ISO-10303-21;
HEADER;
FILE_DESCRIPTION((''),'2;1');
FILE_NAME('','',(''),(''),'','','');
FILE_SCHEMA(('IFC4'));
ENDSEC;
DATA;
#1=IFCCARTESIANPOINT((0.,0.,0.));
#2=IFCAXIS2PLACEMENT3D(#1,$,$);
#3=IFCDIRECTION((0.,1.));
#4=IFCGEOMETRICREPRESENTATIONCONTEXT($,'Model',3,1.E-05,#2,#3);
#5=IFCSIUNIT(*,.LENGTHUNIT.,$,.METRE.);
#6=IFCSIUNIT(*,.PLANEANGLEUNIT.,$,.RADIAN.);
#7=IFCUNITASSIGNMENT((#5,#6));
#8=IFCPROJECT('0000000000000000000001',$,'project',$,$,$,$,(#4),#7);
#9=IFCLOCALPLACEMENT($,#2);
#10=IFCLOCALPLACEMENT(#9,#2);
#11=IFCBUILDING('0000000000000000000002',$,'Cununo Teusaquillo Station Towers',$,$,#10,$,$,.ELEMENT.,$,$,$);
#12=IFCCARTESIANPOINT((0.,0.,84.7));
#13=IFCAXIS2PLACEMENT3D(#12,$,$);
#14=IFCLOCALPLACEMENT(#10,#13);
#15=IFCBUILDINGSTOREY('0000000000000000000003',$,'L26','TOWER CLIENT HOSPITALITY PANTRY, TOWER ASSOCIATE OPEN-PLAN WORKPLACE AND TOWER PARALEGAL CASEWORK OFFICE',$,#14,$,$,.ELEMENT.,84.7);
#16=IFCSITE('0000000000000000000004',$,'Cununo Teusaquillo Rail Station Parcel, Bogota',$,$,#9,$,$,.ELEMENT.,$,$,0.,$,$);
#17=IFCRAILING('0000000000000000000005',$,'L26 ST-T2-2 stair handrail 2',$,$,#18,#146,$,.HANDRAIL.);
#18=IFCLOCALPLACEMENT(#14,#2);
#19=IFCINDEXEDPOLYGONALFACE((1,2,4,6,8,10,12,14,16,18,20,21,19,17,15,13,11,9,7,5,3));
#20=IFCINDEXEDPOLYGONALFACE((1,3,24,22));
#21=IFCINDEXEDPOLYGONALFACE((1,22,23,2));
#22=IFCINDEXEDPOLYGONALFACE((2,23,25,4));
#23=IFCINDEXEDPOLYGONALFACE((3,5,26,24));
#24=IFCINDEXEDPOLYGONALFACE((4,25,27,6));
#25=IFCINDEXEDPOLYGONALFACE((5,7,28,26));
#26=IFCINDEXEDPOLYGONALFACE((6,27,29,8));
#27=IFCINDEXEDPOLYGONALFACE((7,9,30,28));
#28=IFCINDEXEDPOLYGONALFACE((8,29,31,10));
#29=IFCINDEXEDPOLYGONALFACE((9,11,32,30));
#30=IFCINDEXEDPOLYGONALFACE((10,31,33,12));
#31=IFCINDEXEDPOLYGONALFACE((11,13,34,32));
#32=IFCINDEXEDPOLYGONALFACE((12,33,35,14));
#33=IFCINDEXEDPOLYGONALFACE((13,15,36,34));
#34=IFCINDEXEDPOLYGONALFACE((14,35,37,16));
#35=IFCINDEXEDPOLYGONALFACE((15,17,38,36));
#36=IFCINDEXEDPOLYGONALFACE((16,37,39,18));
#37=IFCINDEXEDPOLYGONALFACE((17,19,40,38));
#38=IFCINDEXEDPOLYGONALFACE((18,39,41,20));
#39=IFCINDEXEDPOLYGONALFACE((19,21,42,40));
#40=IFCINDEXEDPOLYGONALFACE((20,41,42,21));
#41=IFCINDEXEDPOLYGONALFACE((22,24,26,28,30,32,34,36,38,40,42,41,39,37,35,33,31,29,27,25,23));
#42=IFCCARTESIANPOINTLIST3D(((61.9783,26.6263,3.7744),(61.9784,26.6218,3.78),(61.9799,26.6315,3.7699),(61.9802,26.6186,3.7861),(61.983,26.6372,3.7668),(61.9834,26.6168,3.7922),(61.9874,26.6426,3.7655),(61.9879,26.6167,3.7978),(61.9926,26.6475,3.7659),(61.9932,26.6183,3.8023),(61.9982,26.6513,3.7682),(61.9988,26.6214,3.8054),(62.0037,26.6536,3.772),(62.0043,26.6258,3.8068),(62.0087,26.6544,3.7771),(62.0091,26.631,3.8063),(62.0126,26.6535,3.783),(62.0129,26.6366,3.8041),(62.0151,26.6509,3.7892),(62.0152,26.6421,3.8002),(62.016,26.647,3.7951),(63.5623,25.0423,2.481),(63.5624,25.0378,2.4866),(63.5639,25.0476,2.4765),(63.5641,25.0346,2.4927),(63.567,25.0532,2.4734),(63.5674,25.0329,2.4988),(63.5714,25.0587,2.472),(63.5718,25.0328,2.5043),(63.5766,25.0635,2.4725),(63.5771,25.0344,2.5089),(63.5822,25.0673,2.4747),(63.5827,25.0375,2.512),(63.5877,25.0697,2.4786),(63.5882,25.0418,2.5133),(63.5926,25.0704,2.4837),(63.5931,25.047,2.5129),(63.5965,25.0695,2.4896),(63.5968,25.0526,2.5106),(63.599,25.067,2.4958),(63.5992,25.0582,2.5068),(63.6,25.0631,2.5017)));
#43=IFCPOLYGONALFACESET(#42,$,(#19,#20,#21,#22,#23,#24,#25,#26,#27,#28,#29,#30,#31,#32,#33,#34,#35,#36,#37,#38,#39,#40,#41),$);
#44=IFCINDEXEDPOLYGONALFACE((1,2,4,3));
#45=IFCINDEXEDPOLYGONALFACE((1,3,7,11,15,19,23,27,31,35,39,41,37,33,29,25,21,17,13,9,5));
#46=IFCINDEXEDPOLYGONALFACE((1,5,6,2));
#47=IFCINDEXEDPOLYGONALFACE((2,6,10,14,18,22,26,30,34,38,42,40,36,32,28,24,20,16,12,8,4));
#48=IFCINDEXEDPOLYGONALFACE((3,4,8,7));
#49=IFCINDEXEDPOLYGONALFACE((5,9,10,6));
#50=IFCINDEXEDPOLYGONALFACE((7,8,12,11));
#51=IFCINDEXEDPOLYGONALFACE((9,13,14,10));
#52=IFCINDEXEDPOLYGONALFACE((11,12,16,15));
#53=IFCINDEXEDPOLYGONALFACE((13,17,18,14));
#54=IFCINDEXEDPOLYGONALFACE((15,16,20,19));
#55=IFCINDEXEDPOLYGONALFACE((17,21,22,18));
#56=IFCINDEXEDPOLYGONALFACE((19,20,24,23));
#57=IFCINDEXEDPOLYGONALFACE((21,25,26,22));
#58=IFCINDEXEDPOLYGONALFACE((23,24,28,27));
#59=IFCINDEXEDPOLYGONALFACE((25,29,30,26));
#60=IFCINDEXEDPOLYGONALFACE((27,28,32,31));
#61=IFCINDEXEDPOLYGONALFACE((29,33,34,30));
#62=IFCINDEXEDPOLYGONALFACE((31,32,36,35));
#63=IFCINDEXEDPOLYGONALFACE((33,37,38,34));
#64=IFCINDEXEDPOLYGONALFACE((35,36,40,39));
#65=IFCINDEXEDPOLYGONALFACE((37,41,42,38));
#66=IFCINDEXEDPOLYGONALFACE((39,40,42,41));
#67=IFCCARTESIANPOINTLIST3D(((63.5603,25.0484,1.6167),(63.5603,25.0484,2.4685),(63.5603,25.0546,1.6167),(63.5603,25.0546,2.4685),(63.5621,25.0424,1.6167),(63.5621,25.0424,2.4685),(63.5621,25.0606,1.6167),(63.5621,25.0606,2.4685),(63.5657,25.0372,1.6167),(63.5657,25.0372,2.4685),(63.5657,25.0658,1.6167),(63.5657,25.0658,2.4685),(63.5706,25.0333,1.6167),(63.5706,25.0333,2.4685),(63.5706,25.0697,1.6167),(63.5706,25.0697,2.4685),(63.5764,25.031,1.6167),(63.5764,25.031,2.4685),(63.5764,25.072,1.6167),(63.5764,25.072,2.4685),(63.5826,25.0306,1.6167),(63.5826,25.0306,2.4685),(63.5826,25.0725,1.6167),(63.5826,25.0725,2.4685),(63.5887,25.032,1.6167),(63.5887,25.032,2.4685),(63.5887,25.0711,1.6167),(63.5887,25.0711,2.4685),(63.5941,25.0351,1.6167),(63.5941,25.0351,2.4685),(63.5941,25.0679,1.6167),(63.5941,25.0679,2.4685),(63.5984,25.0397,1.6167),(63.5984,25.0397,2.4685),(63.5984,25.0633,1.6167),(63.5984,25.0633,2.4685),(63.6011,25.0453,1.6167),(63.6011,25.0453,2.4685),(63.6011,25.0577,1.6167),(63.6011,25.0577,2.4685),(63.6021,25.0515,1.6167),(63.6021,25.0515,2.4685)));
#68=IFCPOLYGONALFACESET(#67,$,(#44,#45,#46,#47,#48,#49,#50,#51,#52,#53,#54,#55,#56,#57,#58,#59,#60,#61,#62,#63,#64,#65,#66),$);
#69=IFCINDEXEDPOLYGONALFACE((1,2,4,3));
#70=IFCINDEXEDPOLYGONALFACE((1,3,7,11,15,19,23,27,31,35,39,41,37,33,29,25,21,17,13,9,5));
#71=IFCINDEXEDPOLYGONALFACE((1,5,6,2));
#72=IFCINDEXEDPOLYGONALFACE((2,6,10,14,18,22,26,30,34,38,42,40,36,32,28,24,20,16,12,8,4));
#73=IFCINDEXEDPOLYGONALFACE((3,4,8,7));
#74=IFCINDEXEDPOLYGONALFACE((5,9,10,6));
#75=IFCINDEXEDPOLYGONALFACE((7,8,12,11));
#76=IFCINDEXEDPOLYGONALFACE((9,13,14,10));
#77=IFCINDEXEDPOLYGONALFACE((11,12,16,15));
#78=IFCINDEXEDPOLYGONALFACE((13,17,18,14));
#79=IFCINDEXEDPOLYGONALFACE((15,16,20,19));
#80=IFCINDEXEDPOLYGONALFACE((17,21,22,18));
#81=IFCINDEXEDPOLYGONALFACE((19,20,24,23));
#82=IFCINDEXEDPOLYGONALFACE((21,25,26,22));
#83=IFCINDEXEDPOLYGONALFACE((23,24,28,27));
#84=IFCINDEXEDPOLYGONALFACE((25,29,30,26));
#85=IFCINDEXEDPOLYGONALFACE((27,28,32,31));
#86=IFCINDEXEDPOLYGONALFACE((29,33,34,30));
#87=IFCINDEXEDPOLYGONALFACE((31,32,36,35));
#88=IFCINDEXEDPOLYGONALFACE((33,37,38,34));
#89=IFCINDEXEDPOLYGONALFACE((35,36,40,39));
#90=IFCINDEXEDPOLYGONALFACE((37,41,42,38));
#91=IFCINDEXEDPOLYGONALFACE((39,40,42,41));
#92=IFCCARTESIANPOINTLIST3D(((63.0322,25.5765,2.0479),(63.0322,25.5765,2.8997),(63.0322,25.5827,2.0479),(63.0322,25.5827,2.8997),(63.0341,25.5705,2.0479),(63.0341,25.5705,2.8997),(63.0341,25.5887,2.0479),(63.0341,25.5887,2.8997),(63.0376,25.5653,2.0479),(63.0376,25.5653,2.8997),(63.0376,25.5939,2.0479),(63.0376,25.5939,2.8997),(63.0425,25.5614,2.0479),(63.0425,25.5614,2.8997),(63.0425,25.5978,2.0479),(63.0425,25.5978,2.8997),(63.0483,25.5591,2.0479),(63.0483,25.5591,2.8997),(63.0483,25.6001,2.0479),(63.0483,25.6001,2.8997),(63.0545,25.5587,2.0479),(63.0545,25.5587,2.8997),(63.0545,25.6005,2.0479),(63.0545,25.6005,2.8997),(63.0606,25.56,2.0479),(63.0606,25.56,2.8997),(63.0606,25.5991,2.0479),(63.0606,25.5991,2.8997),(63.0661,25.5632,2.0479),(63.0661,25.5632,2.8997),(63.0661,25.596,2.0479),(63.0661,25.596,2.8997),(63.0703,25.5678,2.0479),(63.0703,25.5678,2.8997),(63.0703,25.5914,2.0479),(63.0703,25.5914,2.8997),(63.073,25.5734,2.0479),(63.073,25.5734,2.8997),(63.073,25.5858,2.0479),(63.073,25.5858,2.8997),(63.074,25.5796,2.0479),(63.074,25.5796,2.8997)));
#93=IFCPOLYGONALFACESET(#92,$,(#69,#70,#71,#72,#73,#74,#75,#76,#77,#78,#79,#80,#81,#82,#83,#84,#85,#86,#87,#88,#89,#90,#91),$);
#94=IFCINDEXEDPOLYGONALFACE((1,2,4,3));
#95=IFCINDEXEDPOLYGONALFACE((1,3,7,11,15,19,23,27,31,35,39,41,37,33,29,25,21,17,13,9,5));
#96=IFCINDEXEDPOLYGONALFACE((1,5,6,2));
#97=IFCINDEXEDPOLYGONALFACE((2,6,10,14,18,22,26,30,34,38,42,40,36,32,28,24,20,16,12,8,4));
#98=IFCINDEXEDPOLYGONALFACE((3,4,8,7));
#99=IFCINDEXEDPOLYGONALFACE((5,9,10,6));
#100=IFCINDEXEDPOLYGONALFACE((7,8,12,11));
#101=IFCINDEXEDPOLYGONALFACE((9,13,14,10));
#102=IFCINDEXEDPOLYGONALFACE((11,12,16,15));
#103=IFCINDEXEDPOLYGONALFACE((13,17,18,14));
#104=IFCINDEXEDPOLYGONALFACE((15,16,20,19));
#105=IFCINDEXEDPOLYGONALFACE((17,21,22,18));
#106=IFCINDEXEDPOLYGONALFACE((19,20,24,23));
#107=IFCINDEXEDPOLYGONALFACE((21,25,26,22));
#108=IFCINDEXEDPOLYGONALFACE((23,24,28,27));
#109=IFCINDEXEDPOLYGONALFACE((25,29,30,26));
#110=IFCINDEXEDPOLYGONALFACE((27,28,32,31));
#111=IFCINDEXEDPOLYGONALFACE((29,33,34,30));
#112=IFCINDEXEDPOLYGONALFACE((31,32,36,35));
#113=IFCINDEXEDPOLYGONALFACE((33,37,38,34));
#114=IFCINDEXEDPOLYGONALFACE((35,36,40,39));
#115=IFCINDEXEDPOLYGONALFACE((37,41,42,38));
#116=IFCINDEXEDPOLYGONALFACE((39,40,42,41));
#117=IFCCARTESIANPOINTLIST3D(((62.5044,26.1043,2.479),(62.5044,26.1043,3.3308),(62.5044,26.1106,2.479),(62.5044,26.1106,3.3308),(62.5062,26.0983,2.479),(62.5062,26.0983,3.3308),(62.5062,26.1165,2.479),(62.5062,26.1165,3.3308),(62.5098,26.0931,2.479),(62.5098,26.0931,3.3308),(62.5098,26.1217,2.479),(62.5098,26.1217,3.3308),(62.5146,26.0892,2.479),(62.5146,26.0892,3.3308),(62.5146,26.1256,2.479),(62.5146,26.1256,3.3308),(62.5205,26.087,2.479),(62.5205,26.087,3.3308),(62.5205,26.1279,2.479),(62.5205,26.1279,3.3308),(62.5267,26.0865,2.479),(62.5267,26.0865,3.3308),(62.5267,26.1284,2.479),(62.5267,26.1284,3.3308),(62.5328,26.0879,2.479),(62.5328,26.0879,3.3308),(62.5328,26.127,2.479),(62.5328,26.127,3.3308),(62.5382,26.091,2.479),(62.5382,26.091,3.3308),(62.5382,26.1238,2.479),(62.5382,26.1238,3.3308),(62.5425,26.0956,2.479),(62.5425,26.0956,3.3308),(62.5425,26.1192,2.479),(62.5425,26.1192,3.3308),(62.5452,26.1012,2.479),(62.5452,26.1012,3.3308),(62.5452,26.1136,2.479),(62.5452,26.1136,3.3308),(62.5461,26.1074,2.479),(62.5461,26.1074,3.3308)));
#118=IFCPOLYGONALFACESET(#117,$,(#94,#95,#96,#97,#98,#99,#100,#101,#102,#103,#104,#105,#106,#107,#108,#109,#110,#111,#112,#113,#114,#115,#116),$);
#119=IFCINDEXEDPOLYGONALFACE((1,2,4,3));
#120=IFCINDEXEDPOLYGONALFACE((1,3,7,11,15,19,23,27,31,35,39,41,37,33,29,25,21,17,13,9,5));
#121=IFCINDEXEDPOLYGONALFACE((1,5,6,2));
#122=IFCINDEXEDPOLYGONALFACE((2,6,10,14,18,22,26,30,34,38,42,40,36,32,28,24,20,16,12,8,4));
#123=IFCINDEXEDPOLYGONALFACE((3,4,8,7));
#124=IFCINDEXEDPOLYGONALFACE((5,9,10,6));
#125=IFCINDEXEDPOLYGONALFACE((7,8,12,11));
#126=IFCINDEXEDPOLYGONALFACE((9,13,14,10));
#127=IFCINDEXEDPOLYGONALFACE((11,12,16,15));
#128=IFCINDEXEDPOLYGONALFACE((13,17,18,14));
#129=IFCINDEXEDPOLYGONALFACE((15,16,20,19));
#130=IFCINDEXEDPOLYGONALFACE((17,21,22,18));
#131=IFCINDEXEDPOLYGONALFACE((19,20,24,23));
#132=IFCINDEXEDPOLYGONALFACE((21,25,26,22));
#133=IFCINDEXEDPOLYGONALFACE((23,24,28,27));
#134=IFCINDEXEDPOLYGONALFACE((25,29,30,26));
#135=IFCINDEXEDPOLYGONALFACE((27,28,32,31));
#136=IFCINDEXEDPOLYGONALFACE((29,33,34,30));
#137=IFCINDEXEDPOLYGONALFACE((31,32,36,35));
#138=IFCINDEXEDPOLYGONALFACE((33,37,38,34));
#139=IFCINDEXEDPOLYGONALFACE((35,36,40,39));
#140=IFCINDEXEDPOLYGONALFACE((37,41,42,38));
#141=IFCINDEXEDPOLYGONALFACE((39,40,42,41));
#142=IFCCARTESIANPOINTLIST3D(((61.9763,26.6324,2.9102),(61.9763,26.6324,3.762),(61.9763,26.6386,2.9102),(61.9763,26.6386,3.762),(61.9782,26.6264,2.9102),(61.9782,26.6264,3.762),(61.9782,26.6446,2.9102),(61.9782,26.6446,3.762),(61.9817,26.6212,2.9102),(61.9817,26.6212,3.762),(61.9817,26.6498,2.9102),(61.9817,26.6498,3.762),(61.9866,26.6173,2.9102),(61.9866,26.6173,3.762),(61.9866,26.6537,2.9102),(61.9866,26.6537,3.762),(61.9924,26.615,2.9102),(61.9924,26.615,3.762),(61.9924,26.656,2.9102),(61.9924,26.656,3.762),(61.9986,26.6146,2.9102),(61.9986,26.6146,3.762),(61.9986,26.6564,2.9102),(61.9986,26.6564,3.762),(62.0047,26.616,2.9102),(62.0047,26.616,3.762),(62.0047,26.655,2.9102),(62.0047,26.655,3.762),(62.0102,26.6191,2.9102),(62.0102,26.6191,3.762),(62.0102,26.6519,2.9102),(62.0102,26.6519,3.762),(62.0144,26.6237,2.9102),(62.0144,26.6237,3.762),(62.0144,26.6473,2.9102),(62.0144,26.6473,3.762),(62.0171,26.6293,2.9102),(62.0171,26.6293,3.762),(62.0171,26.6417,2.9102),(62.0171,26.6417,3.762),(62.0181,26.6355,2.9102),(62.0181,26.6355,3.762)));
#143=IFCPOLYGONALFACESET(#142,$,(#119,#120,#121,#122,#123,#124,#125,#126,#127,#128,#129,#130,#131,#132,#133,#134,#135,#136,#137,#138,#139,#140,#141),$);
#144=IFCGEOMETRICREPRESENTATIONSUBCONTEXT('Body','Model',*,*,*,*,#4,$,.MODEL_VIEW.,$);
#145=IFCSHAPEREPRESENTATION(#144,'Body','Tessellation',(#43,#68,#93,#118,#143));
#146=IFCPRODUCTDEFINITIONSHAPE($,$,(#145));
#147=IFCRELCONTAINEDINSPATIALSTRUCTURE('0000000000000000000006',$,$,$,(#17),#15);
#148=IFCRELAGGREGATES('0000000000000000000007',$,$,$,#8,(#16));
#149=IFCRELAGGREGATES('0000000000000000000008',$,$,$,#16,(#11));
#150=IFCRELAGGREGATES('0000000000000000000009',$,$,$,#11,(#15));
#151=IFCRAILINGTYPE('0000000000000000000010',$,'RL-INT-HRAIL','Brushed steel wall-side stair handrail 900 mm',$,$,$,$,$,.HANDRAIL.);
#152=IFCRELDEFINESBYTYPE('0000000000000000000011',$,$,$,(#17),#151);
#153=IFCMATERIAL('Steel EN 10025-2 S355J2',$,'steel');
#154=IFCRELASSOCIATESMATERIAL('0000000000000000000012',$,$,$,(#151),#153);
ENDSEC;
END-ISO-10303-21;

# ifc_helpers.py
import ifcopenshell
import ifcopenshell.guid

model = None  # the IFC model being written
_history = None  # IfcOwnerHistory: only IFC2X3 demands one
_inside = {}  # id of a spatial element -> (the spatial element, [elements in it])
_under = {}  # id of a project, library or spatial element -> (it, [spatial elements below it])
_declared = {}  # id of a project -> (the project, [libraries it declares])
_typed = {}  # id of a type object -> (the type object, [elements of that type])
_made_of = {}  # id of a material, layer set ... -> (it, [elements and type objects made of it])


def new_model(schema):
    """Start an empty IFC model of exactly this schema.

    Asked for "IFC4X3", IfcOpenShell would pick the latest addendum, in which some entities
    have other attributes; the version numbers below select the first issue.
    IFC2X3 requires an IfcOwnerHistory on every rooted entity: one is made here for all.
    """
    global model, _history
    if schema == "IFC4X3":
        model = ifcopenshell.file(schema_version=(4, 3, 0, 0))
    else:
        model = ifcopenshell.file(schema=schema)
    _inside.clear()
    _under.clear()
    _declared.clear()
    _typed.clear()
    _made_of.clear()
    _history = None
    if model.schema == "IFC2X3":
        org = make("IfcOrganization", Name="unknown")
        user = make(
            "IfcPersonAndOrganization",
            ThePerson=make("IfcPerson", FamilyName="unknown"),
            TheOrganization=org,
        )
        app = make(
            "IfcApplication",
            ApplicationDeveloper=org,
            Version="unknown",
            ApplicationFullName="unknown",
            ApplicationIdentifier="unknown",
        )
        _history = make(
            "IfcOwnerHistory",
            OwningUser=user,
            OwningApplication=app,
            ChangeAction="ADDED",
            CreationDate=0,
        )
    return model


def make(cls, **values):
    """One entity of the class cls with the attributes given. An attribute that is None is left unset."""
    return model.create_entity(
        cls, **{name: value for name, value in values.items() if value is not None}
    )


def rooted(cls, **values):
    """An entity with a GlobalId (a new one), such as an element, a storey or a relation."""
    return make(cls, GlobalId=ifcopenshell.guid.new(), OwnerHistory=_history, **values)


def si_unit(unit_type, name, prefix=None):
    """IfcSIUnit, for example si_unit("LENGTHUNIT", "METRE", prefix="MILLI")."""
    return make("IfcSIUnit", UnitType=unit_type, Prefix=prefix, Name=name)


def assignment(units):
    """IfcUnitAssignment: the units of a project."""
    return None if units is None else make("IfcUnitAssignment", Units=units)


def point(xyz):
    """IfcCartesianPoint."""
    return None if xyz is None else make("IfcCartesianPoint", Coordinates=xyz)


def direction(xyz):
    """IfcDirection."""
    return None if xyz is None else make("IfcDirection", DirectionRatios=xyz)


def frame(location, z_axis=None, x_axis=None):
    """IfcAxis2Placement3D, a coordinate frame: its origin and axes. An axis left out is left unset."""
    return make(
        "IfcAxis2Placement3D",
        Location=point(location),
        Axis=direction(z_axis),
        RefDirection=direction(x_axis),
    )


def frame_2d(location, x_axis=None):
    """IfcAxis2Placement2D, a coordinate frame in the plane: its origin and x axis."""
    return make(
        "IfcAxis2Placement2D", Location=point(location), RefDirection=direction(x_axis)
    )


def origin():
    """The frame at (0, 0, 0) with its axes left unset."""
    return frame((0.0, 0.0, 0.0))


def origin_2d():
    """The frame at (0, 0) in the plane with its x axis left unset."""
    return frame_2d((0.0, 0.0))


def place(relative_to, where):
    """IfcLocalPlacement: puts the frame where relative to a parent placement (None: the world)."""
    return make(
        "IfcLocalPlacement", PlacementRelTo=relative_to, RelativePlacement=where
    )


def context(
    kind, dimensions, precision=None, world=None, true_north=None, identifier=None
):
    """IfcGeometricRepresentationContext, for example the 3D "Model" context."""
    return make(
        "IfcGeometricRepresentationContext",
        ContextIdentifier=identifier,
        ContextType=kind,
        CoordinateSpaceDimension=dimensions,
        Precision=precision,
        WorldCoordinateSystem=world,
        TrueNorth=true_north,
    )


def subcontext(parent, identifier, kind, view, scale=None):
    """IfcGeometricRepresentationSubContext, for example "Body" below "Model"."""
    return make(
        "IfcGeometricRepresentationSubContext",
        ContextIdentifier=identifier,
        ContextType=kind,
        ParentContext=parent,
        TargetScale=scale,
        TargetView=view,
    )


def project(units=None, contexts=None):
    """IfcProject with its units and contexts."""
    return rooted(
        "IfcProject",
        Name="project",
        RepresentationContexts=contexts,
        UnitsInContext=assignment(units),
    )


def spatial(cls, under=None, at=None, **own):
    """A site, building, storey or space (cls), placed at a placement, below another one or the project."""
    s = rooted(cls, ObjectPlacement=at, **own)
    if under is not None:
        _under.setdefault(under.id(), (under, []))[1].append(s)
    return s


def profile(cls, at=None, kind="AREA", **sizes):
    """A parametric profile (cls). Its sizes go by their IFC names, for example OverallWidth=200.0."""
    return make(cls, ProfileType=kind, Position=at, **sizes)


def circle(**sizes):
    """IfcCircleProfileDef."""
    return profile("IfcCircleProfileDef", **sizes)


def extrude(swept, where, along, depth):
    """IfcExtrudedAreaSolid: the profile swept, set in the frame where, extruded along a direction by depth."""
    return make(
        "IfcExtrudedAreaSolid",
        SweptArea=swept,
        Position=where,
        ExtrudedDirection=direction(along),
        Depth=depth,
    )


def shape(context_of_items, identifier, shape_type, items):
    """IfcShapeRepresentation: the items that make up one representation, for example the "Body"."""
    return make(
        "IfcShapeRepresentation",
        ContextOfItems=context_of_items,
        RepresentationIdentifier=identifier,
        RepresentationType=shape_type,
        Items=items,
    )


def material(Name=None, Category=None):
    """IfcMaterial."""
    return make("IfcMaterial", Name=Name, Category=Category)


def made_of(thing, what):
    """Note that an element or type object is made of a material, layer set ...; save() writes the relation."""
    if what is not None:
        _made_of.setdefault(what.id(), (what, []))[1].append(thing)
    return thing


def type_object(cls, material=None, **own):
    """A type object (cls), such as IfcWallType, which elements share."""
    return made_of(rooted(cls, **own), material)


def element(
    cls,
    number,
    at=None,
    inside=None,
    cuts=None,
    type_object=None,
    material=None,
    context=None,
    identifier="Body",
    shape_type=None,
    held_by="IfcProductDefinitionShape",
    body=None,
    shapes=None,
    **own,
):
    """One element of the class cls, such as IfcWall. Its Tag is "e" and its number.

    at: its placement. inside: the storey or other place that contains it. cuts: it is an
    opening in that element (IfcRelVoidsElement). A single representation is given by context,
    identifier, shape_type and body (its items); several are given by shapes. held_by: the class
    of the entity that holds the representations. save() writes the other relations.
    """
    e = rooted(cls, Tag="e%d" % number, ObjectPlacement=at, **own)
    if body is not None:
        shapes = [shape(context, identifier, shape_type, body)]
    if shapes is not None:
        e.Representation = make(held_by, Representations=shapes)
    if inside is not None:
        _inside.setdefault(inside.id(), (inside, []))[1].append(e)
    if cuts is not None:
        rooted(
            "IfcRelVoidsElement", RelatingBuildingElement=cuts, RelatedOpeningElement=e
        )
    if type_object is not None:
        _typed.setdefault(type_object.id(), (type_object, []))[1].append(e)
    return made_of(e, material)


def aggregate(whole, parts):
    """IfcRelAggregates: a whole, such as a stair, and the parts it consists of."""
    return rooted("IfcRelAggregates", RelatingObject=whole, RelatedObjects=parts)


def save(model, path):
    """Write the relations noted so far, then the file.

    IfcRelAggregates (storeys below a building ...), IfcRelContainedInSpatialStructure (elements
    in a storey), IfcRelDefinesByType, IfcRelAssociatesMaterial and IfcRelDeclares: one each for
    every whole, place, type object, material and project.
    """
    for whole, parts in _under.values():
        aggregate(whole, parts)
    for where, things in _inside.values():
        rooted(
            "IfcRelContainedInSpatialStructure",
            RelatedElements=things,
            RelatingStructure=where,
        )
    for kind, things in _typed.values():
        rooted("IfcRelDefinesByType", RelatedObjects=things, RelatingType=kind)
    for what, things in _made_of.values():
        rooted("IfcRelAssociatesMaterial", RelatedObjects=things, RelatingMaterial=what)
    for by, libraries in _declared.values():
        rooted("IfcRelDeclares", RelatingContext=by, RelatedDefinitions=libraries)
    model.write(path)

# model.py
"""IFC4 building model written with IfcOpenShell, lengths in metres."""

from ifc_helpers import new_model, si_unit, direction, frame, origin, origin_2d, place, context, subcontext, project, spatial, circle, extrude, material, type_object, element, save


model = new_model("IFC4")

# Units and contexts
model_context = context("Model", 3, precision=1e-05, world=origin(), true_north=direction((0.0, 1.0)))
body_context = subcontext(model_context, "Body", "Model", "MODEL_VIEW")
ifc_project = project(units=[si_unit("LENGTHUNIT", "METRE"), si_unit("PLANEANGLEUNIT", "RADIAN")], contexts=[model_context])

# Site, building, storey
site_placement = place(None, origin())
site = spatial("IfcSite", under=ifc_project, at=site_placement, Name="Cununo Teusaquillo Rail Station Parcel, Bogota", CompositionType="ELEMENT", RefElevation=0.0)
building_placement = place(site_placement, origin())
building = spatial("IfcBuilding", under=site, at=building_placement, Name="Cununo Teusaquillo Station Towers", CompositionType="ELEMENT")
storey_placement = place(building_placement, frame((0.0, 0.0, 84.7)))
storey = spatial("IfcBuildingStorey", under=building, at=storey_placement, Name="L26", Description="TOWER CLIENT HOSPITALITY PANTRY, TOWER ASSOCIATE OPEN-PLAN WORKPLACE AND TOWER PARALEGAL CASEWORK OFFICE", CompositionType="ELEMENT", Elevation=84.7)

# Railing
ifc_material_1 = material(Name="Steel EN 10025-2 S355J2", Category="steel")
railing_type_1 = type_object("IfcRailingType", Name="RL-INT-HRAIL", Description="Brushed steel wall-side stair handrail 900 mm", PredefinedType="HANDRAIL", material=ifc_material_1)
railing_1_placement = place(storey_placement, frame((63.5811, 25.0515, 1.6167)))
element("IfcRailing", 1, at=railing_1_placement, inside=storey, type_object=railing_type_1, Name="L26 ST-T2-2 stair handrail 2", PredefinedType="HANDRAIL", context=body_context, shape_type="SweptSolid", body=[
    extrude(circle(Radius=0.0239, at=origin_2d()), frame((0.0, 0.0, 0.876), z_axis=(-0.612356, 0.612356, 0.50004), x_axis=(-0.707107, -0.707107, 0.0)), (0.0, 0.0, 1.0), 2.5867),
    extrude(circle(Radius=0.021, at=origin_2d()), origin(), (0.0, 0.0, 1.0), 0.8518),
    extrude(circle(Radius=0.021, at=origin_2d()), frame((-0.5281, 0.5281, 0.4312)), (0.0, 0.0, 1.0), 0.8518),
    extrude(circle(Radius=0.021, at=origin_2d()), frame((-1.0559, 1.0559, 0.8623)), (0.0, 0.0, 1.0), 0.8518),
    extrude(circle(Radius=0.021, at=origin_2d()), frame((-1.584, 1.584, 1.2935)), (0.0, 0.0, 1.0), 0.8518),
])

save(model, "model.ifc")
